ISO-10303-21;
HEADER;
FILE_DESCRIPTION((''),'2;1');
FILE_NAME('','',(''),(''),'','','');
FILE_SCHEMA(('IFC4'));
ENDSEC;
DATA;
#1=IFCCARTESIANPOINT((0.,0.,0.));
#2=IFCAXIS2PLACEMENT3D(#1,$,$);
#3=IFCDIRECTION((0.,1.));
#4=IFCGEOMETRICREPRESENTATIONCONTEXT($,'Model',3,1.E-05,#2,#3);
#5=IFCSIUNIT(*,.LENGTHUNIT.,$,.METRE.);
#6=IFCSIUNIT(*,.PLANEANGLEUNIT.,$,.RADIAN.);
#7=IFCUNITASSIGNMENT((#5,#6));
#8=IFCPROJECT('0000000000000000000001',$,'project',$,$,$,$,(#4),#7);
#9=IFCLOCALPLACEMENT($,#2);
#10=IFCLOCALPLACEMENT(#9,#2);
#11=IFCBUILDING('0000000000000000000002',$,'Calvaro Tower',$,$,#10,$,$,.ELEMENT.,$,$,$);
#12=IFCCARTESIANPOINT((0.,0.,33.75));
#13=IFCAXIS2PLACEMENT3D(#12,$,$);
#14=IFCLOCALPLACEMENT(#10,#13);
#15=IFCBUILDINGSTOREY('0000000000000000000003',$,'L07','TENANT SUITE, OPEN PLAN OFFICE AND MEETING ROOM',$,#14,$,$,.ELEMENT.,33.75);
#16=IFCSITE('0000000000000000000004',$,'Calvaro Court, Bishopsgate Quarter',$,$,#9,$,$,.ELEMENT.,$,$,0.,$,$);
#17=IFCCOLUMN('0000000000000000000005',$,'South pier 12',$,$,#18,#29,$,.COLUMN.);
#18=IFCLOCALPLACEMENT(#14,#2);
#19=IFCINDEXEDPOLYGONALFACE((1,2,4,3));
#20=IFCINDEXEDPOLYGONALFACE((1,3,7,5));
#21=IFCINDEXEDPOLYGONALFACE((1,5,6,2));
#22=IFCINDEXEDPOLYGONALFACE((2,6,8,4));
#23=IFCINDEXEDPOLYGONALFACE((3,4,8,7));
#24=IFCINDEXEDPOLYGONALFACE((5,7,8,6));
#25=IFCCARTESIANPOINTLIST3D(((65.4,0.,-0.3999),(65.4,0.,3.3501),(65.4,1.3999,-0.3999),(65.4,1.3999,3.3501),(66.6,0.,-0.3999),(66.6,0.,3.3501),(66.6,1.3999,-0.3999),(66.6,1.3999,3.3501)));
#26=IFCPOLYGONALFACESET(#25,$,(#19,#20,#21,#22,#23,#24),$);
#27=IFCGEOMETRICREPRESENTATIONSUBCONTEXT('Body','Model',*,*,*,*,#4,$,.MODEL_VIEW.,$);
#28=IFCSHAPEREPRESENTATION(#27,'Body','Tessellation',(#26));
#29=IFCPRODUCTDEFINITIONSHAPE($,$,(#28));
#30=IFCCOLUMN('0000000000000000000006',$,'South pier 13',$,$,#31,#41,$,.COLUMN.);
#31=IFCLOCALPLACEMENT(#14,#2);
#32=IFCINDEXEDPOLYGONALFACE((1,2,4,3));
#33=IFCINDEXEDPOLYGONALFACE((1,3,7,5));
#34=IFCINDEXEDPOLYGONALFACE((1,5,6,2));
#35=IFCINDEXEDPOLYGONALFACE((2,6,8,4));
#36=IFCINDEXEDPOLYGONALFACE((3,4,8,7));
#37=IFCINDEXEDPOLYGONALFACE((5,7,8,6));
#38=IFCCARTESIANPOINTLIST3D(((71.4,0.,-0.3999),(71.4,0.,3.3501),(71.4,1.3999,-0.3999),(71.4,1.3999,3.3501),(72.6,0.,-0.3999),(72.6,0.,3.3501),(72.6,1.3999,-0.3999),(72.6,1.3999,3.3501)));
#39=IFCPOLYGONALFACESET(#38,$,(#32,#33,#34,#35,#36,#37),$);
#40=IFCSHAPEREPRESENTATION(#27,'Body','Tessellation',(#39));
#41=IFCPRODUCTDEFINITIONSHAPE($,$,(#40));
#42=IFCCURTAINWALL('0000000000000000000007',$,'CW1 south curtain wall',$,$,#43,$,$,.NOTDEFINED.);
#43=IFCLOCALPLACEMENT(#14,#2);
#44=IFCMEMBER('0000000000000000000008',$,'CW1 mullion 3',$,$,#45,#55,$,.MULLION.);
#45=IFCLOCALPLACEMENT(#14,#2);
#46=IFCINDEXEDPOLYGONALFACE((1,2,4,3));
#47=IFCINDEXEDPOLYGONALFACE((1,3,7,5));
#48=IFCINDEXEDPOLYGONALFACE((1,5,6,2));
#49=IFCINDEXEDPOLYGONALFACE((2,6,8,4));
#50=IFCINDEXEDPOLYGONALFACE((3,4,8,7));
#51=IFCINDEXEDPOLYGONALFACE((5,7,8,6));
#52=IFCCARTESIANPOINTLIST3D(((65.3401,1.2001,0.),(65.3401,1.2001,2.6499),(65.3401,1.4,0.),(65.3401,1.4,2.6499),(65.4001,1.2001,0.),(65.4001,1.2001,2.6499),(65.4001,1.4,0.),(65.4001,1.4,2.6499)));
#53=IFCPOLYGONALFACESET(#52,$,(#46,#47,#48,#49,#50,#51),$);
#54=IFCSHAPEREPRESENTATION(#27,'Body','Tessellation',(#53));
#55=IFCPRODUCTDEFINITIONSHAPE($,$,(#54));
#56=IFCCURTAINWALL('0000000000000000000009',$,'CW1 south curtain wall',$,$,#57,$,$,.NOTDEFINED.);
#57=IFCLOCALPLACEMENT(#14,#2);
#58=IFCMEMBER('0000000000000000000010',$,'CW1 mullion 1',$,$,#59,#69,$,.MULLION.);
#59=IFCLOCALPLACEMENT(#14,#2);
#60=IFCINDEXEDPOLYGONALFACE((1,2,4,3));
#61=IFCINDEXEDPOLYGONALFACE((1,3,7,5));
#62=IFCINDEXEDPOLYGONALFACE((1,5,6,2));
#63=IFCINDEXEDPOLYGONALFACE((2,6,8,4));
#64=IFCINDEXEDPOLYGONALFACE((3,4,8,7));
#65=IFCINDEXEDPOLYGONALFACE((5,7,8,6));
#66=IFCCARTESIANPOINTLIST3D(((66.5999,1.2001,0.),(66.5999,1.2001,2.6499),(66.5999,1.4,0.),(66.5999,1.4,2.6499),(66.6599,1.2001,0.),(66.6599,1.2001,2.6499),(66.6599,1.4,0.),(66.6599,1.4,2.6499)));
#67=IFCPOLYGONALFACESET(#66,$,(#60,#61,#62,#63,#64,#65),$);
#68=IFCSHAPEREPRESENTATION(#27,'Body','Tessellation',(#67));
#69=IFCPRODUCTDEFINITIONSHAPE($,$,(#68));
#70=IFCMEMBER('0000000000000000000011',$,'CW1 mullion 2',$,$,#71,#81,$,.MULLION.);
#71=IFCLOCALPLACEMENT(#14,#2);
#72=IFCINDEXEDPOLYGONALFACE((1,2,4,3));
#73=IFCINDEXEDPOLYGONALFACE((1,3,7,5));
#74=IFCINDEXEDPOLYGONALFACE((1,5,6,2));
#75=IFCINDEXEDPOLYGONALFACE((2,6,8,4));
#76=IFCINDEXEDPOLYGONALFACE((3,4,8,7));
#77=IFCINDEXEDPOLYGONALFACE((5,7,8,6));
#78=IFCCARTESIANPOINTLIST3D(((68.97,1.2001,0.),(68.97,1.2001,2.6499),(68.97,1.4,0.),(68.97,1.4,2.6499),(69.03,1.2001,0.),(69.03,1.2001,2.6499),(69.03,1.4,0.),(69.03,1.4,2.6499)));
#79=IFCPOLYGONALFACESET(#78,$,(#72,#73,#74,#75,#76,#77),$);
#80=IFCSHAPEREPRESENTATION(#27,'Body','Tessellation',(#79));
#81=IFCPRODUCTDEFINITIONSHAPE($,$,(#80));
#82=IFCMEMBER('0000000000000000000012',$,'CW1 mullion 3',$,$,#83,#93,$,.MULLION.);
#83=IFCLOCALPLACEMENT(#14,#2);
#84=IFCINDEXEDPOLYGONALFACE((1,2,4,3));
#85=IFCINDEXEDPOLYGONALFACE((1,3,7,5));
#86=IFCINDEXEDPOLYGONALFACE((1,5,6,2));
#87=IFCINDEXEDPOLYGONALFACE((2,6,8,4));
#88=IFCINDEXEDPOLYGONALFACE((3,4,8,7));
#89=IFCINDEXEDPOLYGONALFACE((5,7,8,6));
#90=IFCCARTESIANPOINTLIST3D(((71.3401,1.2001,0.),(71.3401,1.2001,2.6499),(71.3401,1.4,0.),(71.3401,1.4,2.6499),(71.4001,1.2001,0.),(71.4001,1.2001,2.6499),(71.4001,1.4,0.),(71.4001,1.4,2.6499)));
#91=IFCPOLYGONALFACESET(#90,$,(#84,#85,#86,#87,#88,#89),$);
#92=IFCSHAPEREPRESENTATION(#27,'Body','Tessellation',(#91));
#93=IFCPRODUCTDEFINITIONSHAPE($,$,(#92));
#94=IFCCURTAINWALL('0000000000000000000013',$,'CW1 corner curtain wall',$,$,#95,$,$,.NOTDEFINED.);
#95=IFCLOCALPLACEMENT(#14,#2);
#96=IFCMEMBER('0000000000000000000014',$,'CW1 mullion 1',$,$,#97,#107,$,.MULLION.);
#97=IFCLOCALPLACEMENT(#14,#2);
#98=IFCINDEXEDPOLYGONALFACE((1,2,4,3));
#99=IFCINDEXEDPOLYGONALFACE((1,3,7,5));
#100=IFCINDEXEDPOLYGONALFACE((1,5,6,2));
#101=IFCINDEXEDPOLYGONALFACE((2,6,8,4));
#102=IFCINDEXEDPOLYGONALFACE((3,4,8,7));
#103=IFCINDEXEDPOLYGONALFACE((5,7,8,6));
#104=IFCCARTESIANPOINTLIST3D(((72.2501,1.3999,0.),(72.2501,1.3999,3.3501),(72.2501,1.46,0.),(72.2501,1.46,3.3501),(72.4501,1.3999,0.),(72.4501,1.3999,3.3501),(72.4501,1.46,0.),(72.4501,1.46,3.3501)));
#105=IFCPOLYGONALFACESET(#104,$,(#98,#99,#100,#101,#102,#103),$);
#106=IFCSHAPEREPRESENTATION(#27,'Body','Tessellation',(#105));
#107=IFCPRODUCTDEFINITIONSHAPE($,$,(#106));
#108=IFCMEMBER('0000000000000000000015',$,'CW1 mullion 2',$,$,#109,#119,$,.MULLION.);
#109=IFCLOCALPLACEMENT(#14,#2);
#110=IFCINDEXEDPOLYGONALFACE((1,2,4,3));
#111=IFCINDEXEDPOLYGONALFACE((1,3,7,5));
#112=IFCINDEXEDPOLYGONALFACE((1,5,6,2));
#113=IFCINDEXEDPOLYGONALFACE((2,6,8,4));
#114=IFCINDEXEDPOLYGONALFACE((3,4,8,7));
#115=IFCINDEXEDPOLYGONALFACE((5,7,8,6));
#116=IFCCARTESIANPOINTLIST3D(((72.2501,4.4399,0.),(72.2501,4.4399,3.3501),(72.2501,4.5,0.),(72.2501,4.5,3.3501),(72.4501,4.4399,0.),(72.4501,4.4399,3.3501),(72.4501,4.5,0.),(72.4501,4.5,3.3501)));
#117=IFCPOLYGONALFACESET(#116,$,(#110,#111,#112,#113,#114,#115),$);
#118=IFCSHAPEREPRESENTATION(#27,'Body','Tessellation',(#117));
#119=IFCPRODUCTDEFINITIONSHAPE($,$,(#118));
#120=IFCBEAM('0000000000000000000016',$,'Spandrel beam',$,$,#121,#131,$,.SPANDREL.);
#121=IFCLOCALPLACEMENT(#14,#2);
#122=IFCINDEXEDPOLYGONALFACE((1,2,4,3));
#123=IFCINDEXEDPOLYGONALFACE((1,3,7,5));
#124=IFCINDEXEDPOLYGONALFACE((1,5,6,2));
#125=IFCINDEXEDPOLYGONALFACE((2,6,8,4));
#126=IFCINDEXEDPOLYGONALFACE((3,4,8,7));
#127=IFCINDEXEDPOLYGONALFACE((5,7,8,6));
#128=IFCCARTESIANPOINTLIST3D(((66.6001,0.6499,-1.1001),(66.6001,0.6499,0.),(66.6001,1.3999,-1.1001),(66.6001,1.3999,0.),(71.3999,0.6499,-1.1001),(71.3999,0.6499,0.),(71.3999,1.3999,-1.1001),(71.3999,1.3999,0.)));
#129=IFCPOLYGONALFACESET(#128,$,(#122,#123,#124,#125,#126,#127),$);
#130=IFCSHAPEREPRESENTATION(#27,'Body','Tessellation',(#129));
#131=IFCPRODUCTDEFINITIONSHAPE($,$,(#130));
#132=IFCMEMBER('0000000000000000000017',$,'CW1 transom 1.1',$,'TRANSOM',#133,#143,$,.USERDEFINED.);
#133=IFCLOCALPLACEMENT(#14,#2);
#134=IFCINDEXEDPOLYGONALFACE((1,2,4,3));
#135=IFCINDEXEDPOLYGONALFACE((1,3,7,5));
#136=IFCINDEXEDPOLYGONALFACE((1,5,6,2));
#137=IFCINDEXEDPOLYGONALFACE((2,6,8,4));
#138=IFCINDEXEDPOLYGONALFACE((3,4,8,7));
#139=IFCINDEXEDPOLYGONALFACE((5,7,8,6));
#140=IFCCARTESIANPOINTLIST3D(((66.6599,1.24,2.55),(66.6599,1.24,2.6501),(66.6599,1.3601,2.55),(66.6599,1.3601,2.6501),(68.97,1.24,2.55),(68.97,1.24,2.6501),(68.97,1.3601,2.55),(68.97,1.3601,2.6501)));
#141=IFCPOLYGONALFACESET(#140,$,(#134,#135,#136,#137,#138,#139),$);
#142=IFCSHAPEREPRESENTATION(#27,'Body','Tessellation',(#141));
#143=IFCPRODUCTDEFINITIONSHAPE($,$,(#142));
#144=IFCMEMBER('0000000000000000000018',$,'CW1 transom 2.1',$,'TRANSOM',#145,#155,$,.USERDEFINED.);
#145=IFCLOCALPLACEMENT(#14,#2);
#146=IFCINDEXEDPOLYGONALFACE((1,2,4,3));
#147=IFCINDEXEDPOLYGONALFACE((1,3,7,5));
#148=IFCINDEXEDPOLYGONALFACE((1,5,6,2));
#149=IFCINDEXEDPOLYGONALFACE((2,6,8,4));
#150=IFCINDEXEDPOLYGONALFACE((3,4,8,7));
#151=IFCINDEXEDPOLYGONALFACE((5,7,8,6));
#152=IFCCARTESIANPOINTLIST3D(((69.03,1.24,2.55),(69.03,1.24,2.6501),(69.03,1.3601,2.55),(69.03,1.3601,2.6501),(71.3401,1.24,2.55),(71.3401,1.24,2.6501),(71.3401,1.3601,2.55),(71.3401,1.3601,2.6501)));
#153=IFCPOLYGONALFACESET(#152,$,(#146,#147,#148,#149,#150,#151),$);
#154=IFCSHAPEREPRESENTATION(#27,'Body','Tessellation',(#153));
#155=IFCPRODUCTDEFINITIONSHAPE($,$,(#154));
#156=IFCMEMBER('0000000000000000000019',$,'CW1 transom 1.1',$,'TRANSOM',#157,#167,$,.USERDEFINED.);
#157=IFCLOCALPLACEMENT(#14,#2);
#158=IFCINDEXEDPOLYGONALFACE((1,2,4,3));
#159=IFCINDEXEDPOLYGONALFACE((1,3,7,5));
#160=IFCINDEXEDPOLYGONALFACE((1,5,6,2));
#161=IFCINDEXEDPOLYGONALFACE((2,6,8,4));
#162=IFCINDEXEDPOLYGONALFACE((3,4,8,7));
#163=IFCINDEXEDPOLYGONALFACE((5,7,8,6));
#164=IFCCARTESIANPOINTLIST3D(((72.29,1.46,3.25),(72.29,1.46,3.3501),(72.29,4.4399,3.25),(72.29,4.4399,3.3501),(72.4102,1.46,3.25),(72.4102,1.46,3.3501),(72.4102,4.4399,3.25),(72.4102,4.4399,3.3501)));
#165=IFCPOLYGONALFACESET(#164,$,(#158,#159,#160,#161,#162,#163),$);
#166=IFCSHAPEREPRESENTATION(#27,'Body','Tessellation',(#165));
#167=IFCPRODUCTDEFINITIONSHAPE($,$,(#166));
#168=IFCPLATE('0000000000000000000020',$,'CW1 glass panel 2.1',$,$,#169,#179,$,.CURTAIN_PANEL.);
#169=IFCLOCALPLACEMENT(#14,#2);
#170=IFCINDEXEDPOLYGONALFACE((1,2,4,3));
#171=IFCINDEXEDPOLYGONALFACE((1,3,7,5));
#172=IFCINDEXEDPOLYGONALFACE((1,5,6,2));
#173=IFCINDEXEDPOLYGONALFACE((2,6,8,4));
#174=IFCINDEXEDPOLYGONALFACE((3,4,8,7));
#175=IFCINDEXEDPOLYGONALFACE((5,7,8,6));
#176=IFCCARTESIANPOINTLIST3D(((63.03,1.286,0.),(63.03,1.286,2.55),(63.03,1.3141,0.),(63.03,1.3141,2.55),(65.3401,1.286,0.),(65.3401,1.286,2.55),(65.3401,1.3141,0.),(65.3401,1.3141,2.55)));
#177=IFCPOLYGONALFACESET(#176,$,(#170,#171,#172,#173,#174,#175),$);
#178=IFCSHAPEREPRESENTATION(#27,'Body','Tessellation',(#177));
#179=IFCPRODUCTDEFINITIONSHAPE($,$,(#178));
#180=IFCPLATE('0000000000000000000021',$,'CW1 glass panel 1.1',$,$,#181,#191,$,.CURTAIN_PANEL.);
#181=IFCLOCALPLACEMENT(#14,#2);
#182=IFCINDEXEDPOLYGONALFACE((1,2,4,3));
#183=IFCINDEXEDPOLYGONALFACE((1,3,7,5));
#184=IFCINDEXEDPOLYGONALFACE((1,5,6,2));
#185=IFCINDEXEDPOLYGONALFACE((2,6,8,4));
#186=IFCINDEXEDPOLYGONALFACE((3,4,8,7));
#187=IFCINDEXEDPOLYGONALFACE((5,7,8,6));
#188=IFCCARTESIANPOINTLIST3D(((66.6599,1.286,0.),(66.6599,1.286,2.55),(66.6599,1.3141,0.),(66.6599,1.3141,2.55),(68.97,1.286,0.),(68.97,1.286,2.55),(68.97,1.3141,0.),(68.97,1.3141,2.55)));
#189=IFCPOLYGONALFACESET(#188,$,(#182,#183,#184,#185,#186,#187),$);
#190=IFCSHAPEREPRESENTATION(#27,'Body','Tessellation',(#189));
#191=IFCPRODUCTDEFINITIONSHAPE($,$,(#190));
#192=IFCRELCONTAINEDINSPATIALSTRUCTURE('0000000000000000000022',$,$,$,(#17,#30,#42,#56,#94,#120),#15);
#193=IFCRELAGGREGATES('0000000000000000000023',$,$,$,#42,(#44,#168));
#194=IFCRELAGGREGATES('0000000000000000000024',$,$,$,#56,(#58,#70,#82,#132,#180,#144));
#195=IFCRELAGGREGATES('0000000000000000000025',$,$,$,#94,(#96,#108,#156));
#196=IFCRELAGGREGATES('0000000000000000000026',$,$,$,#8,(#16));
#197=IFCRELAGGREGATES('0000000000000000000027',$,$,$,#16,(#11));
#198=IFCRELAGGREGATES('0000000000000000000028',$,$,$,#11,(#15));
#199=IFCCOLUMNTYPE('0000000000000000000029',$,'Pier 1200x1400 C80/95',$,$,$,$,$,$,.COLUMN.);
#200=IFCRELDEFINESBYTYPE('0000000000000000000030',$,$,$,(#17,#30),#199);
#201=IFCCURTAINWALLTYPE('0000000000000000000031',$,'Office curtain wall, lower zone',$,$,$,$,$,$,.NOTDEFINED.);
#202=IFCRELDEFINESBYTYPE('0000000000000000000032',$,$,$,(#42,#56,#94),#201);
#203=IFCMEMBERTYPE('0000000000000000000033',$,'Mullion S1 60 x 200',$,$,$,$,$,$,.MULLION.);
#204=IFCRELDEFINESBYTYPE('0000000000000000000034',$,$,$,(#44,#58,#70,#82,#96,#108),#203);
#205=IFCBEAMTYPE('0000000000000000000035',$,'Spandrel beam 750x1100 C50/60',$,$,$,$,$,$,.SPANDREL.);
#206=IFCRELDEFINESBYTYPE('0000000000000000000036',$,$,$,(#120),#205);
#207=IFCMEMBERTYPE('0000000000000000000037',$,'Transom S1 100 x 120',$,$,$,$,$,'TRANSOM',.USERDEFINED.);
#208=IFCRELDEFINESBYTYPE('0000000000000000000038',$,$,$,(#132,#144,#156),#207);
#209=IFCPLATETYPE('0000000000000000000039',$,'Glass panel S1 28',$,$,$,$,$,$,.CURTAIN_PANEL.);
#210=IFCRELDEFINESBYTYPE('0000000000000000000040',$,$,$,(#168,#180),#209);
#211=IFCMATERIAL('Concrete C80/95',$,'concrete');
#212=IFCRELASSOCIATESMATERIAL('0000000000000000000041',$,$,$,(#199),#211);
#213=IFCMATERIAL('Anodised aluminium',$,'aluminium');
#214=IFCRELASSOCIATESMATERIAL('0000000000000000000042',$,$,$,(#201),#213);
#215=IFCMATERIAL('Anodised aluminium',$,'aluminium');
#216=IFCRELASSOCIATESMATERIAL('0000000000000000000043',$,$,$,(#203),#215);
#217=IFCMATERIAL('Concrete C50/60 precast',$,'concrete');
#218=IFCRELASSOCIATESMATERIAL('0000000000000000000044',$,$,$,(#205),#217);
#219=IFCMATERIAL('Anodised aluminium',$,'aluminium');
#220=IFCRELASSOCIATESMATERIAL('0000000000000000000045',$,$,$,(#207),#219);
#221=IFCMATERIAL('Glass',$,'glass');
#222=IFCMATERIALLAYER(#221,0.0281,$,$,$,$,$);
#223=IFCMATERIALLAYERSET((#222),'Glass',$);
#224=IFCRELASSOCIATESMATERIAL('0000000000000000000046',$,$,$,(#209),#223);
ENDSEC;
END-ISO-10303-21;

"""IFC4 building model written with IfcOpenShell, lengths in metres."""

from ifc_helpers import new_model, si_unit, direction, frame, origin, origin_2d, place, context, subcontext, project, spatial, rectangle, extrude, material, layer, layer_set, material_profile, profile_set, type_object, element, aggregate, save


model = new_model("IFC4")

# Units and contexts
model_context = context("Model", 3, precision=1e-05, world=origin(), true_north=direction((0.0, 1.0)))
body_context = subcontext(model_context, "Body", "Model", "MODEL_VIEW")
ifc_project = project(units=[si_unit("LENGTHUNIT", "METRE"), si_unit("PLANEANGLEUNIT", "RADIAN")], contexts=[model_context])

# Site, building, storey
site_placement = place(None, origin())
site = spatial("IfcSite", under=ifc_project, at=site_placement, Name="Calvaro Court, Bishopsgate Quarter", CompositionType="ELEMENT", RefElevation=0.0)
building_placement = place(site_placement, origin())
building = spatial("IfcBuilding", under=site, at=building_placement, Name="Calvaro Tower", CompositionType="ELEMENT")
storey_placement = place(building_placement, frame((0.0, 0.0, 33.75)))
storey = spatial("IfcBuildingStorey", under=building, at=storey_placement, Name="L07", Description="TENANT SUITE, OPEN PLAN OFFICE AND MEETING ROOM", CompositionType="ELEMENT", Elevation=33.75)

# Columns
ifc_material_1 = material(Name="Concrete C80/95", Category="concrete")
ifc_material_profile_1 = material_profile(ifc_material_1, rectangle(XDim=1.2, YDim=1.3999, at=origin_2d()), Name="RC 1200x1400")
ifc_profile_set_1 = profile_set([ifc_material_profile_1], Name="Concrete C80/95")
column_type = type_object("IfcColumnType", Name="Pier 1200x1400 C80/95", PredefinedType="COLUMN", material=ifc_profile_set_1)
for number, where, z_axis, x_axis, name in (
    (1, (66.0, 0.7, -0.3999), (0.0, 0.0, 1.0), (1.0, 0.0, 0.0), "South pier 12"),
    (2, (72.0, 0.7, -0.3999), (0.0, 0.0, 1.0), (1.0, 0.0, 0.0), "South pier 13"),
):
    element("IfcColumn", number, at=place(storey_placement, frame(where, z_axis=z_axis, x_axis=x_axis)), inside=storey, type_object=column_type, Name=name, PredefinedType="COLUMN", context=body_context, shape_type="SweptSolid", body=[
        extrude(rectangle(XDim=1.2, YDim=1.3999, at=origin_2d()), origin(), (0.0, 0.0, 1.0), 3.75),
    ])

# Curtain wall, member
ifc_material_2 = material(Name="Anodised aluminium", Category="aluminium")
curtain_wall_type = type_object("IfcCurtainWallType", Name="Office curtain wall, lower zone", PredefinedType="NOTDEFINED", material=ifc_material_2)
curtain_wall_1_placement = place(storey_placement, origin())
curtain_wall_1 = element("IfcCurtainWall", 3, at=curtain_wall_1_placement, inside=storey, type_object=curtain_wall_type, Name="CW1 south curtain wall", PredefinedType="NOTDEFINED")
ifc_material_3 = material(Name="Anodised aluminium", Category="aluminium")
ifc_material_profile_2 = material_profile(ifc_material_3, rectangle(XDim=0.2, YDim=0.0601, at=origin_2d()), Name="Mullion S1 60 x 200")
ifc_profile_set_2 = profile_set([ifc_material_profile_2], Name="Anodised aluminium")
member_type_1 = type_object("IfcMemberType", Name="Mullion S1 60 x 200", PredefinedType="MULLION", material=ifc_profile_set_2)
member_1_placement = place(storey_placement, frame((65.3701, 1.3, 0.0), z_axis=(0.0, 0.0, 1.0), x_axis=(0.0, 1.0, 0.0)))
member_1 = element("IfcMember", 4, at=member_1_placement, type_object=member_type_1, Name="CW1 mullion 3", PredefinedType="MULLION", context=body_context, shape_type="SweptSolid", body=[
    extrude(rectangle(XDim=0.2, YDim=0.0601, at=origin_2d()), origin(), (0.0, 0.0, 1.0), 2.6499),
])

# Curtain walls, members
curtain_wall_2_placement = place(storey_placement, origin())
curtain_wall_2 = element("IfcCurtainWall", 5, at=curtain_wall_2_placement, inside=storey, type_object=curtain_wall_type, Name="CW1 south curtain wall", PredefinedType="NOTDEFINED")
member_2_placement = place(storey_placement, frame((66.6299, 1.3, 0.0), z_axis=(0.0, 0.0, 1.0), x_axis=(0.0, 1.0, 0.0)))
member_2 = element("IfcMember", 6, at=member_2_placement, type_object=member_type_1, Name="CW1 mullion 1", PredefinedType="MULLION", context=body_context, shape_type="SweptSolid", body=[
    extrude(rectangle(XDim=0.2, YDim=0.0601, at=origin_2d()), origin(), (0.0, 0.0, 1.0), 2.6499),
])
member_3_placement = place(storey_placement, frame((69.0, 1.3, 0.0), z_axis=(0.0, 0.0, 1.0), x_axis=(0.0, 1.0, 0.0)))
member_3 = element("IfcMember", 7, at=member_3_placement, type_object=member_type_1, Name="CW1 mullion 2", PredefinedType="MULLION", context=body_context, shape_type="SweptSolid", body=[
    extrude(rectangle(XDim=0.2, YDim=0.0601, at=origin_2d()), origin(), (0.0, 0.0, 1.0), 2.6499),
])
member_4_placement = place(storey_placement, frame((71.3701, 1.3, 0.0), z_axis=(0.0, 0.0, 1.0), x_axis=(0.0, 1.0, 0.0)))
member_4 = element("IfcMember", 8, at=member_4_placement, type_object=member_type_1, Name="CW1 mullion 3", PredefinedType="MULLION", context=body_context, shape_type="SweptSolid", body=[
    extrude(rectangle(XDim=0.2, YDim=0.0601, at=origin_2d()), origin(), (0.0, 0.0, 1.0), 2.6499),
])
curtain_wall_3_placement = place(storey_placement, origin())
curtain_wall_3 = element("IfcCurtainWall", 9, at=curtain_wall_3_placement, inside=storey, type_object=curtain_wall_type, Name="CW1 corner curtain wall", PredefinedType="NOTDEFINED")
member_5_placement = place(storey_placement, frame((72.3501, 1.4299, 0.0), z_axis=(0.0, 0.0, 1.0), x_axis=(-1.0, 0.0, 0.0)))
member_5 = element("IfcMember", 10, at=member_5_placement, type_object=member_type_1, Name="CW1 mullion 1", PredefinedType="MULLION", context=body_context, shape_type="SweptSolid", body=[
    extrude(rectangle(XDim=0.2, YDim=0.0601, at=origin_2d()), origin(), (0.0, 0.0, 1.0), 3.3501),
])
member_6_placement = place(storey_placement, frame((72.3501, 4.47, 0.0), z_axis=(0.0, 0.0, 1.0), x_axis=(-1.0, 0.0, 0.0)))
member_6 = element("IfcMember", 11, at=member_6_placement, type_object=member_type_1, Name="CW1 mullion 2", PredefinedType="MULLION", context=body_context, shape_type="SweptSolid", body=[
    extrude(rectangle(XDim=0.2, YDim=0.0601, at=origin_2d()), origin(), (0.0, 0.0, 1.0), 3.3501),
])

# Beam
ifc_material_4 = material(Name="Concrete C50/60 precast", Category="concrete")
ifc_material_profile_3 = material_profile(ifc_material_4, rectangle(XDim=0.75, YDim=1.1001, at=origin_2d()), Name="RC 750x1100")
ifc_profile_set_3 = profile_set([ifc_material_profile_3], Name="Concrete C50/60 precast")
beam_type = type_object("IfcBeamType", Name="Spandrel beam 750x1100 C50/60", PredefinedType="SPANDREL", material=ifc_profile_set_3)
beam_placement = place(storey_placement, frame((66.6001, 1.0249, -0.55), z_axis=(1.0, 0.0, 0.0), x_axis=(0.0, 1.0, 0.0)))
element("IfcBeam", 12, at=beam_placement, inside=storey, type_object=beam_type, Name="Spandrel beam", PredefinedType="SPANDREL", context=body_context, shape_type="SweptSolid", body=[
    extrude(rectangle(XDim=0.75, YDim=1.1001, at=origin_2d()), origin(), (0.0, 0.0, 1.0), 4.7998),
])

# Members
ifc_material_5 = material(Name="Anodised aluminium", Category="aluminium")
ifc_material_profile_4 = material_profile(ifc_material_5, rectangle(XDim=0.1201, YDim=0.1001, at=origin_2d()), Name="Transom S1 100 x 120")
ifc_profile_set_4 = profile_set([ifc_material_profile_4], Name="Anodised aluminium")
member_type_2 = type_object("IfcMemberType", Name="Transom S1 100 x 120", ElementType="TRANSOM", PredefinedType="USERDEFINED", material=ifc_profile_set_4)
member_7_placement = place(storey_placement, frame((66.6599, 1.3, 2.6001), z_axis=(1.0, 0.0, 0.0), x_axis=(0.0, 1.0, 0.0)))
member_7 = element("IfcMember", 13, at=member_7_placement, type_object=member_type_2, Name="CW1 transom 1.1", ObjectType="TRANSOM", PredefinedType="USERDEFINED", context=body_context, shape_type="SweptSolid", body=[
    extrude(rectangle(XDim=0.1201, YDim=0.1001, at=origin_2d()), origin(), (0.0, 0.0, 1.0), 2.3101),
])
member_8_placement = place(storey_placement, frame((69.03, 1.3, 2.6001), z_axis=(1.0, 0.0, 0.0), x_axis=(0.0, 1.0, 0.0)))
member_8 = element("IfcMember", 14, at=member_8_placement, type_object=member_type_2, Name="CW1 transom 2.1", ObjectType="TRANSOM", PredefinedType="USERDEFINED", context=body_context, shape_type="SweptSolid", body=[
    extrude(rectangle(XDim=0.1201, YDim=0.1001, at=origin_2d()), origin(), (0.0, 0.0, 1.0), 2.3101),
])
member_9_placement = place(storey_placement, frame((72.3501, 1.46, 3.3), z_axis=(0.0, 1.0, 0.0), x_axis=(-1.0, 0.0, 0.0)))
member_9 = element("IfcMember", 15, at=member_9_placement, type_object=member_type_2, Name="CW1 transom 1.1", ObjectType="TRANSOM", PredefinedType="USERDEFINED", context=body_context, shape_type="SweptSolid", body=[
    extrude(rectangle(XDim=0.1201, YDim=0.1001, at=origin_2d()), origin(), (0.0, 0.0, 1.0), 2.98),
])

# Plates
ifc_material_6 = material(Name="Glass", Category="glass")
ifc_layer_1 = layer(ifc_material_6, 0.0281)
ifc_layer_set_1 = layer_set([ifc_layer_1], Name="Glass")
plate_type = type_object("IfcPlateType", Name="Glass panel S1 28", PredefinedType="CURTAIN_PANEL", material=ifc_layer_set_1)
plate_1_placement = place(storey_placement, frame((64.1851, 1.3, 0.0), z_axis=(0.0, 0.0, 1.0), x_axis=(1.0, 0.0, 0.0)))
plate_1 = element("IfcPlate", 16, at=plate_1_placement, type_object=plate_type, Name="CW1 glass panel 2.1", PredefinedType="CURTAIN_PANEL", context=body_context, shape_type="SweptSolid", body=[
    extrude(rectangle(XDim=2.3101, YDim=0.0281, at=origin_2d()), origin(), (0.0, 0.0, 1.0), 2.55),
])
aggregate(curtain_wall_1, [member_1, plate_1])
plate_2_placement = place(storey_placement, frame((67.8149, 1.3, 0.0), z_axis=(0.0, 0.0, 1.0), x_axis=(1.0, 0.0, 0.0)))
plate_2 = element("IfcPlate", 17, at=plate_2_placement, type_object=plate_type, Name="CW1 glass panel 1.1", PredefinedType="CURTAIN_PANEL", context=body_context, shape_type="SweptSolid", body=[
    extrude(rectangle(XDim=2.3101, YDim=0.0281, at=origin_2d()), origin(), (0.0, 0.0, 1.0), 2.55),
])
aggregate(curtain_wall_2, [member_2, member_3, member_4, member_7, plate_2, member_8])
aggregate(curtain_wall_3, [member_5, member_6, member_9])

save(model, "model.ifc")
